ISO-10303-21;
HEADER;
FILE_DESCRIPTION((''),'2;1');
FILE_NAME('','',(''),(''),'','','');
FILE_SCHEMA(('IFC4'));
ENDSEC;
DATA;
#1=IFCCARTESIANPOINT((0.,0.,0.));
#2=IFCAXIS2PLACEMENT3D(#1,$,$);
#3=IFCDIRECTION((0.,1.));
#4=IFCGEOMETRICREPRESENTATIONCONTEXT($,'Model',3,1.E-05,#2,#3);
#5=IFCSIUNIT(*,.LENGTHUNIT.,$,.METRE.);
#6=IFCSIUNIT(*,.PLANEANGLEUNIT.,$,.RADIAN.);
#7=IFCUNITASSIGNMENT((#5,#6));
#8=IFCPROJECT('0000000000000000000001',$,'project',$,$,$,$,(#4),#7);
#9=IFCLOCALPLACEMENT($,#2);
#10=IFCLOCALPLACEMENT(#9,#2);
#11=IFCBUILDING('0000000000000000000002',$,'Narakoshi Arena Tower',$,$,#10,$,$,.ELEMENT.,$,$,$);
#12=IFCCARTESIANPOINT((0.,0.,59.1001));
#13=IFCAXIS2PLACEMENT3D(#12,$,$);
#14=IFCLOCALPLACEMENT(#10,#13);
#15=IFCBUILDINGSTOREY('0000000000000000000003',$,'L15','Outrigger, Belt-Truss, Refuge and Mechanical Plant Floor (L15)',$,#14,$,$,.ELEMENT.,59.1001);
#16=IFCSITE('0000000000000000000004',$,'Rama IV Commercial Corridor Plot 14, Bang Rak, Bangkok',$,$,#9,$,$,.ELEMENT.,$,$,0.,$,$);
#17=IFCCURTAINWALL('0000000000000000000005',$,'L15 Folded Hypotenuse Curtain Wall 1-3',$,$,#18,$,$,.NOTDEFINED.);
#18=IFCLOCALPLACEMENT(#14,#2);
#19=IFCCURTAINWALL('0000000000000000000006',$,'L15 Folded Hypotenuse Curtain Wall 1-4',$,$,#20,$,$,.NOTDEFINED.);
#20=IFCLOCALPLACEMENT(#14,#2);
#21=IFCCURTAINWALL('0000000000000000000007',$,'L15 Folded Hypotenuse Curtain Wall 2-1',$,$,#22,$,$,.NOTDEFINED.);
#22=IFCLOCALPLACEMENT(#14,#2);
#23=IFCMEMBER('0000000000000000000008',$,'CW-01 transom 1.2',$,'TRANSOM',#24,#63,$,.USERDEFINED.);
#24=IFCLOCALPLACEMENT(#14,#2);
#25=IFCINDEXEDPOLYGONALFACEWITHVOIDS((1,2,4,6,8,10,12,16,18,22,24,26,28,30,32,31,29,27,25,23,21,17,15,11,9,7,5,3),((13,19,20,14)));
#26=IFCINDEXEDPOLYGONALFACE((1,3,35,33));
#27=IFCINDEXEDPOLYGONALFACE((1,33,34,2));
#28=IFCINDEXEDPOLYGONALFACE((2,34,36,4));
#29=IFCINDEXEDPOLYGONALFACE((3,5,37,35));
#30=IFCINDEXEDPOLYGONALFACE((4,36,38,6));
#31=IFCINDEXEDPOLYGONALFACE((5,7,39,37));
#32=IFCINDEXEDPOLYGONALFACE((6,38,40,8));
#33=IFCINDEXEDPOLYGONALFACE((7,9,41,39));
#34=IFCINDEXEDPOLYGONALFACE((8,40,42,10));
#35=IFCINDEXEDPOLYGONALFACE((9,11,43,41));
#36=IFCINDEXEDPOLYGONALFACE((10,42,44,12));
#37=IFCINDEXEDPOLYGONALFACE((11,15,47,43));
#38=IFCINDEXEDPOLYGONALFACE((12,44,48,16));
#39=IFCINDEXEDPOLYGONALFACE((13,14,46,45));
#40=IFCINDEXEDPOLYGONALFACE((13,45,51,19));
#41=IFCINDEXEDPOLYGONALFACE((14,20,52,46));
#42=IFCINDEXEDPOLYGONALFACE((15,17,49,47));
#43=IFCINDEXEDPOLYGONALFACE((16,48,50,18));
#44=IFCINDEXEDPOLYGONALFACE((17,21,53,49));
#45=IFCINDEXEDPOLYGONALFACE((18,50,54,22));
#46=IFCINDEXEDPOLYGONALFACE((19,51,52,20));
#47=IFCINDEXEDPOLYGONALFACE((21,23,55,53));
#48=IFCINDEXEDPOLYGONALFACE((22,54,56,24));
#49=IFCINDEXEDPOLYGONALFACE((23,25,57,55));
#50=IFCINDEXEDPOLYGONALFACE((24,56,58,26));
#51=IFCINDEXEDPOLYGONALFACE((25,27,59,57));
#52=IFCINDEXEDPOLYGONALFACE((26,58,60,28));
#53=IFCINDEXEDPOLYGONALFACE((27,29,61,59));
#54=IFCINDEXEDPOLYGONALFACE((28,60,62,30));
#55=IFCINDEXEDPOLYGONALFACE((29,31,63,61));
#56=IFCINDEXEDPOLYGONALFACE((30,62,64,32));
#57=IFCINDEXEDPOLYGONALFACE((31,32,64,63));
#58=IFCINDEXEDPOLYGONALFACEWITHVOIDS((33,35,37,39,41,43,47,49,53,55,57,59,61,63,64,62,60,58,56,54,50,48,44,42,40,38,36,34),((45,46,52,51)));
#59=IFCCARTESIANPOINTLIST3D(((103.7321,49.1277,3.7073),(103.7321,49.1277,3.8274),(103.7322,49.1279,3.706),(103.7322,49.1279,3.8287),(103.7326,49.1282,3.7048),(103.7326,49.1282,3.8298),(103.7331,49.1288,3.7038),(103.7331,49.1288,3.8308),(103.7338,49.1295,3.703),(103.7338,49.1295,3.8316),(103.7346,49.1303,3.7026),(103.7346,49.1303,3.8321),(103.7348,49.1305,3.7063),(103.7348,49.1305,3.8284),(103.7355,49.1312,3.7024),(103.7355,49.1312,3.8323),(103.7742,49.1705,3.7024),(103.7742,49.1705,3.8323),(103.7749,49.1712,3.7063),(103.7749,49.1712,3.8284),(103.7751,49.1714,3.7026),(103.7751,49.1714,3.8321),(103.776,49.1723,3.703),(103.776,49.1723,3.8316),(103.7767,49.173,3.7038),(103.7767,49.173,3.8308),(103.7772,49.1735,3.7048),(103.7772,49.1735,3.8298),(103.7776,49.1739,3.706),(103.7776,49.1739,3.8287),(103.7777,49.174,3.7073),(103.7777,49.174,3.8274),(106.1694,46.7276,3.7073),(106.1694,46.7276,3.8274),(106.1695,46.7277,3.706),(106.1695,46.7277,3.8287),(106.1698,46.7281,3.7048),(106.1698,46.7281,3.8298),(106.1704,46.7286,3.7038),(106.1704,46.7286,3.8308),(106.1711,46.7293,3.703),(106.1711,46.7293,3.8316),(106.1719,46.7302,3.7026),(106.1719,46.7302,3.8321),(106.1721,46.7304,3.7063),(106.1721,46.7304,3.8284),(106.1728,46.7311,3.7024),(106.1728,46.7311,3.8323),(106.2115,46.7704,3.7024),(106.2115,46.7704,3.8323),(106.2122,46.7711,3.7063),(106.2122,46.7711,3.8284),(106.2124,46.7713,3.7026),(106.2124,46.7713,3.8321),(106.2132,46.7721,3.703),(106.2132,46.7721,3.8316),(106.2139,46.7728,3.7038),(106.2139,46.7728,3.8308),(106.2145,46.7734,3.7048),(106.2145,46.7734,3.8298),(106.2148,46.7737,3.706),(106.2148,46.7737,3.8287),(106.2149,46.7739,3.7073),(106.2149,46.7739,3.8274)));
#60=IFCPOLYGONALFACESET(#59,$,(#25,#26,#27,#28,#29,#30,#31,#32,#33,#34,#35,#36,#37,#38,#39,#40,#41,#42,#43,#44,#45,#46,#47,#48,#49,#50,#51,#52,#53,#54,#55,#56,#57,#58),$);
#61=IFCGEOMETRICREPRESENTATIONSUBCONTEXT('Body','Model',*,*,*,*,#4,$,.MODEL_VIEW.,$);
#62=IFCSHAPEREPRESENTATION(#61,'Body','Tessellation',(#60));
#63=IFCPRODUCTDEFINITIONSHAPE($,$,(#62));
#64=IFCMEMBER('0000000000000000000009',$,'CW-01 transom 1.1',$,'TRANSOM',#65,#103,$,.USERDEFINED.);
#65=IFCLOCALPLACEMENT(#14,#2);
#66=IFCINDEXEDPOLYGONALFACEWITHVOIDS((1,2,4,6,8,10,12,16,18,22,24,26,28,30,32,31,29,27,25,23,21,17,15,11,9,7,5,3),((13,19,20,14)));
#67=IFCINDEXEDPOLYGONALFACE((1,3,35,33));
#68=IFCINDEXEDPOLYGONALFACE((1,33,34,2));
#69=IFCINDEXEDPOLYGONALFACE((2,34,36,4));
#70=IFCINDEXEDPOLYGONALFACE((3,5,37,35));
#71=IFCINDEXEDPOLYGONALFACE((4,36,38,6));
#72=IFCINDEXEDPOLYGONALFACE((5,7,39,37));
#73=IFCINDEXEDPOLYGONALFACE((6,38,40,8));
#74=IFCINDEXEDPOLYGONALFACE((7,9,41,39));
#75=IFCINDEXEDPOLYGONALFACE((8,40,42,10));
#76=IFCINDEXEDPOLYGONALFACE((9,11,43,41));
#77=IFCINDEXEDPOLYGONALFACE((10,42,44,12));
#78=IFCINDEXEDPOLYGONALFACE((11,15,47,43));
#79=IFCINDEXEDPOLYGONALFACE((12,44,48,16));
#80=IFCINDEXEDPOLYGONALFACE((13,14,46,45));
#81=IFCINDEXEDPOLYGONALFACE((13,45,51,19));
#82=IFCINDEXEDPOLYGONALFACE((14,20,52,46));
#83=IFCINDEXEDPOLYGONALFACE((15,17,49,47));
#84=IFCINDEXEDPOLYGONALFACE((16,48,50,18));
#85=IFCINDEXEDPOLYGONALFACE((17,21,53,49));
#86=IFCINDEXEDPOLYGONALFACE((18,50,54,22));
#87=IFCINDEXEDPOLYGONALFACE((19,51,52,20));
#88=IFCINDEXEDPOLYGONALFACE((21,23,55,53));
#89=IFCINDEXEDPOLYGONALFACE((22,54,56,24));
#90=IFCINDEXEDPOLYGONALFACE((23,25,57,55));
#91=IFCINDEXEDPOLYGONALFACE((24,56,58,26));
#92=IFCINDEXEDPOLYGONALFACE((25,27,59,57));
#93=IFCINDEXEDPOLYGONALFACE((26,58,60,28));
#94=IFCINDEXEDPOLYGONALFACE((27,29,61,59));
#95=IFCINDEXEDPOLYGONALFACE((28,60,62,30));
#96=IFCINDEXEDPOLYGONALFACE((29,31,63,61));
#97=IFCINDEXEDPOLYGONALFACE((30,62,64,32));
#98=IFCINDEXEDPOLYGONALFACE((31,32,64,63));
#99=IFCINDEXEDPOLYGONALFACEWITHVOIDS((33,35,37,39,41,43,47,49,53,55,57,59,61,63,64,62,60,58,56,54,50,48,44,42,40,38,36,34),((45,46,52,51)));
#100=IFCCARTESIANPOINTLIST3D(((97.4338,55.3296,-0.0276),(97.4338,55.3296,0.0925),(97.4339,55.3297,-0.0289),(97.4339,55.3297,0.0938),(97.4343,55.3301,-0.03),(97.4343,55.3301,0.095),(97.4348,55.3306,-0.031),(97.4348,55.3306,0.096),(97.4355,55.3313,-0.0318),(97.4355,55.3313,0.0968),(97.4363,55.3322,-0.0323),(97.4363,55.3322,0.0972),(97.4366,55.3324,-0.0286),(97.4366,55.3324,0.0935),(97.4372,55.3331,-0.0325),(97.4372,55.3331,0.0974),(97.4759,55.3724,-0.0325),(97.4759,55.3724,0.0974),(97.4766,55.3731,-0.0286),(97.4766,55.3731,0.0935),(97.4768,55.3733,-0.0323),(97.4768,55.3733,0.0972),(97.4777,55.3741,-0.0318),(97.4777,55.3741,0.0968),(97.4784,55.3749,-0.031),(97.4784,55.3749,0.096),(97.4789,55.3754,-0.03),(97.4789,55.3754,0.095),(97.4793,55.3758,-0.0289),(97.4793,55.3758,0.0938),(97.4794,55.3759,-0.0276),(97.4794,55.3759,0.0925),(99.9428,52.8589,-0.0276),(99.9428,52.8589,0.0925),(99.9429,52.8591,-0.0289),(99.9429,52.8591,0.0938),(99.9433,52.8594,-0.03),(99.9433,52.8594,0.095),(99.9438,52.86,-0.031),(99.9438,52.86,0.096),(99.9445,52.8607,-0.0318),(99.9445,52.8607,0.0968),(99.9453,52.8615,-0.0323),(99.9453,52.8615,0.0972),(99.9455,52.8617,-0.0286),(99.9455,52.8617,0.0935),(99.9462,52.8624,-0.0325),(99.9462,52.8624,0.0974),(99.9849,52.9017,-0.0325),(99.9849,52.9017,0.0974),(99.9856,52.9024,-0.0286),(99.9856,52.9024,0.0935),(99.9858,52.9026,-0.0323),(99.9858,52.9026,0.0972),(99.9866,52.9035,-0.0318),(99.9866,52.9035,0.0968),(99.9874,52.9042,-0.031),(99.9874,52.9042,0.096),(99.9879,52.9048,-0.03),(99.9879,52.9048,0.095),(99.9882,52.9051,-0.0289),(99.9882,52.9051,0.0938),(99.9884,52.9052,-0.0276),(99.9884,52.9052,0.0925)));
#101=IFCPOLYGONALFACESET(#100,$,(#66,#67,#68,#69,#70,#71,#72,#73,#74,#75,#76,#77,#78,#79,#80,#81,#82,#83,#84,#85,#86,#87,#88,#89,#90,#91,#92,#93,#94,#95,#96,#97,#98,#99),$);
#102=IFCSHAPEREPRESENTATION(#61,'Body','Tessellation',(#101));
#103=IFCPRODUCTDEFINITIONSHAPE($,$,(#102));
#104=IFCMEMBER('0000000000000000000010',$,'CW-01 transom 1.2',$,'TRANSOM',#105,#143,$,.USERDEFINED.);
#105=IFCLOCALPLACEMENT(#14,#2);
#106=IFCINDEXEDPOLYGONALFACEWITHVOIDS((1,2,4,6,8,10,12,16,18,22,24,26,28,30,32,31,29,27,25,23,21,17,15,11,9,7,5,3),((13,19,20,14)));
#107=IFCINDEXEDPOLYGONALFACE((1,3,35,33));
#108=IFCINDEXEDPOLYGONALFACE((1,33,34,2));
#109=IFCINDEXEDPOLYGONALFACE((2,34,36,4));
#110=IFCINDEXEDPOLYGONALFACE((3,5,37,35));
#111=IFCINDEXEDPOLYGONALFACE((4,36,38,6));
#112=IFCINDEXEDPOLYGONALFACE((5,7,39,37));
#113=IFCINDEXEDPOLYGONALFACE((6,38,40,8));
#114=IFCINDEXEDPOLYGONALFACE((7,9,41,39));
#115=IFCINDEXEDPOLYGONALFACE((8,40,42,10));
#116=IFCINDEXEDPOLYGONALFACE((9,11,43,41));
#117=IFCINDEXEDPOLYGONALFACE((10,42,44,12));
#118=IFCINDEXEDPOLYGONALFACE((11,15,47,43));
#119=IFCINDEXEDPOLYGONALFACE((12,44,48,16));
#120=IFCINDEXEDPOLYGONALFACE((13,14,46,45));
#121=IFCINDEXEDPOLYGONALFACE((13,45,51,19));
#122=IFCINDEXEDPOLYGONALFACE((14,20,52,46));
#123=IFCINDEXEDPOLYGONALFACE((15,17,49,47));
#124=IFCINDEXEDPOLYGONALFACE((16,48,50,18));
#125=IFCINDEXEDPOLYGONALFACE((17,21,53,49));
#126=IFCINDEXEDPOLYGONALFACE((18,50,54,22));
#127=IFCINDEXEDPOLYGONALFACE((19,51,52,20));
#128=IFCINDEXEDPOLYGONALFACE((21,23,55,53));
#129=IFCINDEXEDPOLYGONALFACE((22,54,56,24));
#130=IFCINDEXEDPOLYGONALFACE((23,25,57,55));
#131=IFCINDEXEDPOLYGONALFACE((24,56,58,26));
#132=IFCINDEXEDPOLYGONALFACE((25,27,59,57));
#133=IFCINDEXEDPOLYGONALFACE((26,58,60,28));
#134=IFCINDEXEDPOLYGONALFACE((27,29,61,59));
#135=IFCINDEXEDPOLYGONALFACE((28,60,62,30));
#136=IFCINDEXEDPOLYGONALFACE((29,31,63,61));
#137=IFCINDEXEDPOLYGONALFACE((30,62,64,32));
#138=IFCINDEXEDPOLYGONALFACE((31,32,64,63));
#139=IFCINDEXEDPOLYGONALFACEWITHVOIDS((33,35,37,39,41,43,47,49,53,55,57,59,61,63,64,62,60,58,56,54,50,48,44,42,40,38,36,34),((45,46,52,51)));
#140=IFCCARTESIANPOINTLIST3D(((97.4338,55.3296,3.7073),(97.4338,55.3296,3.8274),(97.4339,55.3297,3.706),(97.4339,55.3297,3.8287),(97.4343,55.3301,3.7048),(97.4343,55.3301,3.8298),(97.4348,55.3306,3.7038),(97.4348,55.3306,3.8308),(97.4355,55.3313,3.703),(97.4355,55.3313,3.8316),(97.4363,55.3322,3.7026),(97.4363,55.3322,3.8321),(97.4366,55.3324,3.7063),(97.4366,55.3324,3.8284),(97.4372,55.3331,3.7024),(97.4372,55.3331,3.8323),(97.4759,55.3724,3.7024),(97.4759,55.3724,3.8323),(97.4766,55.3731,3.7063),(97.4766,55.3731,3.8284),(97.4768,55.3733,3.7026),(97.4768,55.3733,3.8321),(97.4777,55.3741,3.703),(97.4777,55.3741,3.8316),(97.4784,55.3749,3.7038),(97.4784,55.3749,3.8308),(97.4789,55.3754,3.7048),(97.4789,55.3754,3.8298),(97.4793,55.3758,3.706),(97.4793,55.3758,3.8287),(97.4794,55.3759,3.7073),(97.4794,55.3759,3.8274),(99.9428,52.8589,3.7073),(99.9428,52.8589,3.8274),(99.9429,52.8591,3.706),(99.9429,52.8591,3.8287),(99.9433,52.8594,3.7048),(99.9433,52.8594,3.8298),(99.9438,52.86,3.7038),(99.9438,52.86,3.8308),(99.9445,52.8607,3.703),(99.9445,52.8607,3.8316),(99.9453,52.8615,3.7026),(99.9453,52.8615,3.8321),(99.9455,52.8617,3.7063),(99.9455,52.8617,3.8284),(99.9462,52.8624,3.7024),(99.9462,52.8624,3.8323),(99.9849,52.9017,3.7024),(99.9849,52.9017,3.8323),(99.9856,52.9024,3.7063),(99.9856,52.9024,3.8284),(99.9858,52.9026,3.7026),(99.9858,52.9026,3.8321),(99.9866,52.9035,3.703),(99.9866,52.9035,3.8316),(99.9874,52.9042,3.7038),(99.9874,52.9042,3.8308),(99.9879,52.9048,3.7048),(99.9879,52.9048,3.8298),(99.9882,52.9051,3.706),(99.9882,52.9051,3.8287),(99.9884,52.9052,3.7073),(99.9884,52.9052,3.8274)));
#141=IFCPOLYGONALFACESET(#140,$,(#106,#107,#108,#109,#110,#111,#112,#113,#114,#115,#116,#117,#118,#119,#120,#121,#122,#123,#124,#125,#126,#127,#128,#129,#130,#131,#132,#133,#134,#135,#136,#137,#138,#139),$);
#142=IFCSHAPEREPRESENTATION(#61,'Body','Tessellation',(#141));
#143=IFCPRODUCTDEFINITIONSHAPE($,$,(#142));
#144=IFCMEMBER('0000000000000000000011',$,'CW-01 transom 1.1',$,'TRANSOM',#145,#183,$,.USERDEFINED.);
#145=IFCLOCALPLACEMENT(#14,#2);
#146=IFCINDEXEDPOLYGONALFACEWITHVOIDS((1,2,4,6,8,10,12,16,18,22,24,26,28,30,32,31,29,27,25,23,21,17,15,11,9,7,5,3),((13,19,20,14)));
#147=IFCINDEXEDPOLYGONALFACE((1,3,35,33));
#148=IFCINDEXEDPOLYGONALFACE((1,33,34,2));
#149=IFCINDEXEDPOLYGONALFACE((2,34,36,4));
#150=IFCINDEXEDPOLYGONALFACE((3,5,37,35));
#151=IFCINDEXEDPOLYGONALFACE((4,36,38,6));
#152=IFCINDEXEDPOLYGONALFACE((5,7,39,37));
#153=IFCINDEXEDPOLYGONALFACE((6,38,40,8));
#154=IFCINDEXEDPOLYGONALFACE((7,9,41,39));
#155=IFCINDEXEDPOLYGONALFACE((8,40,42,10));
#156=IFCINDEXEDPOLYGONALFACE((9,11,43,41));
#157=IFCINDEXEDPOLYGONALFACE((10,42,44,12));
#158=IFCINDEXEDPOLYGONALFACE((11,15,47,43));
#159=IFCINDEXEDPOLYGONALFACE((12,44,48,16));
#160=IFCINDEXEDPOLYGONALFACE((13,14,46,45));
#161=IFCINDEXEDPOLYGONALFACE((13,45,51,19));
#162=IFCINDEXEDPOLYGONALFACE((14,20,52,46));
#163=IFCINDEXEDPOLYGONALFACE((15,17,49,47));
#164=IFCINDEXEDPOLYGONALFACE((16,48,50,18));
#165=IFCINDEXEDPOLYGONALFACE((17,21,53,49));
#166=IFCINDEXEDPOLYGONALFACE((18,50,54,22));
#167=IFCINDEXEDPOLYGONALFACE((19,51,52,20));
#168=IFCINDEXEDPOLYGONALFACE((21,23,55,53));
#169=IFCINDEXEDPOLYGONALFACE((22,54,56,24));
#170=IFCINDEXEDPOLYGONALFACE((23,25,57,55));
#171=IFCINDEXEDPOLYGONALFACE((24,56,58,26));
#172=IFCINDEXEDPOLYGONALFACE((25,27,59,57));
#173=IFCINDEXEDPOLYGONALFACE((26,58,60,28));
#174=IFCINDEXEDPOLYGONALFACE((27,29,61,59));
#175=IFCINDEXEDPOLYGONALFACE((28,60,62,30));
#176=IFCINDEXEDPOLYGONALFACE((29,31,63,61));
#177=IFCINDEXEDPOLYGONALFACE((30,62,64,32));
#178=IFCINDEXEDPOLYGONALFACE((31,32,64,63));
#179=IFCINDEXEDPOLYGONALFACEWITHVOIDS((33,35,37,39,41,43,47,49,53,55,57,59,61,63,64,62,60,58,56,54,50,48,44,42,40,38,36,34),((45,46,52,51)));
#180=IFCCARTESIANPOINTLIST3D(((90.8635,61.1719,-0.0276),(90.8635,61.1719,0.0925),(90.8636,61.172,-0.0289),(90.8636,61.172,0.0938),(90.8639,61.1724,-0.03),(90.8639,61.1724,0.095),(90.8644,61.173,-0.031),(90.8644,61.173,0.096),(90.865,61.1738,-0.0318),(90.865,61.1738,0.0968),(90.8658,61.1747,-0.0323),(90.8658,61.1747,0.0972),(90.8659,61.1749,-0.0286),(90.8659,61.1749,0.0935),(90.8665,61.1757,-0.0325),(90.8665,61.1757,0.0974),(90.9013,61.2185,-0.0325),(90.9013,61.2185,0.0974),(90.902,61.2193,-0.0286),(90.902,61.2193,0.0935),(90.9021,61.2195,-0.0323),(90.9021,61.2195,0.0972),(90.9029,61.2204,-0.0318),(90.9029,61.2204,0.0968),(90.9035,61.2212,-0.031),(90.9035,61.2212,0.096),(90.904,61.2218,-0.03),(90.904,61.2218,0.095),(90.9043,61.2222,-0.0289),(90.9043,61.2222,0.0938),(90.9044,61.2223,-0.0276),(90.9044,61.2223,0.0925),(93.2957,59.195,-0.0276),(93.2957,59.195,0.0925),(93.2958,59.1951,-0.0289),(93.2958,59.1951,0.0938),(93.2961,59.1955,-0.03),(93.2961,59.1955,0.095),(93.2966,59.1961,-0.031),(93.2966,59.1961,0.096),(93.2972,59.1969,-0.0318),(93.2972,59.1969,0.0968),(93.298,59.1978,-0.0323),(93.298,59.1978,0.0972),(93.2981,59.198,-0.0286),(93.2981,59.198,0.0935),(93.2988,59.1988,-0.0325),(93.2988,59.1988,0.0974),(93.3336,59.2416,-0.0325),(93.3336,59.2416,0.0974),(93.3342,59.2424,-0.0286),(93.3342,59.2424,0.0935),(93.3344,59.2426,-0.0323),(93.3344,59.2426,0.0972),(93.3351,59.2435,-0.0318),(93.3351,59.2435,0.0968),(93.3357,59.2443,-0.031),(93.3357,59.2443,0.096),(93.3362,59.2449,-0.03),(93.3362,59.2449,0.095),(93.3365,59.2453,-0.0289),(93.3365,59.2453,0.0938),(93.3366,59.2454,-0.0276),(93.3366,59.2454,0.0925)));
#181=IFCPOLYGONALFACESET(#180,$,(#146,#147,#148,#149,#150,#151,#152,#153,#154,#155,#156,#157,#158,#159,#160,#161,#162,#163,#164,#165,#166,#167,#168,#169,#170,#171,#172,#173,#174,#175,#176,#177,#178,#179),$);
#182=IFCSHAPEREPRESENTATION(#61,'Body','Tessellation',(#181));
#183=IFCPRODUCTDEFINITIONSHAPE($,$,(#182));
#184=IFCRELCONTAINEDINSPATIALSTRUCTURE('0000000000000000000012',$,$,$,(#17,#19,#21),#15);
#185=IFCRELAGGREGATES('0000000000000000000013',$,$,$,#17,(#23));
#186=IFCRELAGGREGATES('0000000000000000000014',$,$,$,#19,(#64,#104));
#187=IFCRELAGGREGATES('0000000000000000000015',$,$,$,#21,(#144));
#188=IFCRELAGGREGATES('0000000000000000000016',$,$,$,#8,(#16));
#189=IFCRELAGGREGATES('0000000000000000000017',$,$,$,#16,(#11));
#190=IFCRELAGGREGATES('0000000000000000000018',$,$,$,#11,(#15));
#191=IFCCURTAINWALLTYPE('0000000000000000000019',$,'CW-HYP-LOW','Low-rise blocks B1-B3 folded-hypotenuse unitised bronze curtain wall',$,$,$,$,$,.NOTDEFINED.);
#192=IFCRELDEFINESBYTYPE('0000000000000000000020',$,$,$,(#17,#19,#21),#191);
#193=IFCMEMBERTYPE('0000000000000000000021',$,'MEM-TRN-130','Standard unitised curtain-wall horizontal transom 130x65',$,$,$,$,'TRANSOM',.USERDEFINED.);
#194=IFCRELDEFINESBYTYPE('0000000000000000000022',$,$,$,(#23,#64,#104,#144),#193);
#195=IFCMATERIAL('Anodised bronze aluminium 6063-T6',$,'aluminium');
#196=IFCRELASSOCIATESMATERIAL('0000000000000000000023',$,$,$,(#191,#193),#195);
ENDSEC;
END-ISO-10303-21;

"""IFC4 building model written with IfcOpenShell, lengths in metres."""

from ifc_helpers import new_model, si_unit, direction, frame, origin, origin_2d, place, context, subcontext, project, spatial, hollow_rectangle, extrude, material, material_profile, profile_set, type_object, element, aggregate, save


model = new_model("IFC4")

# Units and contexts
model_context = context("Model", 3, precision=1e-05, world=origin(), true_north=direction((0.0, 1.0)))
body_context = subcontext(model_context, "Body", "Model", "MODEL_VIEW")
ifc_project = project(units=[si_unit("LENGTHUNIT", "METRE"), si_unit("PLANEANGLEUNIT", "RADIAN")], contexts=[model_context])

# Site, building, storey
site_placement = place(None, origin())
site = spatial("IfcSite", under=ifc_project, at=site_placement, Name="Rama IV Commercial Corridor Plot 14, Bang Rak, Bangkok", CompositionType="ELEMENT", RefElevation=0.0)
building_placement = place(site_placement, origin())
building = spatial("IfcBuilding", under=site, at=building_placement, Name="Narakoshi Arena Tower", CompositionType="ELEMENT")
storey_placement = place(building_placement, frame((0.0, 0.0, 59.1001)))
storey = spatial("IfcBuildingStorey", under=building, at=storey_placement, Name="L15", Description="Outrigger, Belt-Truss, Refuge and Mechanical Plant Floor (L15)", CompositionType="ELEMENT", Elevation=59.1001)

# Shared definitions
ifc_material_1 = material(Name="Anodised bronze aluminium 6063-T6", Category="aluminium")
curtain_wall_type = type_object("IfcCurtainWallType", Name="CW-HYP-LOW", Description="Low-rise blocks B1-B3 folded-hypotenuse unitised bronze curtain wall", PredefinedType="NOTDEFINED", material=ifc_material_1)

# Curtain walls
curtain_wall_1_placement = place(storey_placement, origin())
curtain_wall_1 = element("IfcCurtainWall", 1, at=curtain_wall_1_placement, inside=storey, type_object=curtain_wall_type, Name="L15 Folded Hypotenuse Curtain Wall 1-3", PredefinedType="NOTDEFINED")
curtain_wall_2_placement = place(storey_placement, origin())
curtain_wall_2 = element("IfcCurtainWall", 2, at=curtain_wall_2_placement, inside=storey, type_object=curtain_wall_type, Name="L15 Folded Hypotenuse Curtain Wall 1-4", PredefinedType="NOTDEFINED")
curtain_wall_3_placement = place(storey_placement, origin())
curtain_wall_3 = element("IfcCurtainWall", 3, at=curtain_wall_3_placement, inside=storey, type_object=curtain_wall_type, Name="L15 Folded Hypotenuse Curtain Wall 2-1", PredefinedType="NOTDEFINED")

# Members
ifc_material_profile_1 = material_profile(ifc_material_1, hollow_rectangle(XDim=0.0649, YDim=0.1299, WallThickness=0.0039, OuterFilletRadius=0.0049, at=origin_2d()), Name="TRN130x65x4")
ifc_profile_set_1 = profile_set([ifc_material_profile_1], Name="Anodised bronze aluminium 6063-T6")
member_type_1 = type_object("IfcMemberType", Name="MEM-TRN-130", Description="Standard unitised curtain-wall horizontal transom 130x65", ElementType="TRANSOM", PredefinedType="USERDEFINED", material=ifc_profile_set_1)
member_1_placement = place(storey_placement, frame((106.1921, 46.7507, 3.7673), z_axis=(-0.71251, 0.701662, 0.0), x_axis=(-0.701662, -0.71251, 0.0)))
member_1 = element("IfcMember", 4, at=member_1_placement, type_object=member_type_1, Name="CW-01 transom 1.2", ObjectType="TRANSOM", PredefinedType="USERDEFINED", context=body_context, shape_type="SweptSolid", body=[
    extrude(hollow_rectangle(XDim=0.0649, YDim=0.1299, WallThickness=0.0039, OuterFilletRadius=0.0049, at=origin_2d()), origin(), (0.0, 0.0, 1.0), 3.4207),
])
member_2_placement = place(storey_placement, frame((99.9656, 52.8821, 0.0325), z_axis=(-0.712528, 0.701643, 0.0), x_axis=(-0.701643, -0.712528, 0.0)))
member_2 = element("IfcMember", 5, at=member_2_placement, type_object=member_type_1, Name="CW-01 transom 1.1", ObjectType="TRANSOM", PredefinedType="USERDEFINED", context=body_context, shape_type="SweptSolid", body=[
    extrude(hollow_rectangle(XDim=0.0649, YDim=0.1299, WallThickness=0.0039, OuterFilletRadius=0.0049, at=origin_2d()), origin(), (0.0, 0.0, 1.0), 3.5212),
])
member_3_placement = place(storey_placement, frame((99.9656, 52.8821, 3.7673), z_axis=(-0.712528, 0.701643, 0.0), x_axis=(-0.701643, -0.712528, 0.0)))
member_3 = element("IfcMember", 6, at=member_3_placement, type_object=member_type_1, Name="CW-01 transom 1.2", ObjectType="TRANSOM", PredefinedType="USERDEFINED", context=body_context, shape_type="SweptSolid", body=[
    extrude(hollow_rectangle(XDim=0.0649, YDim=0.1299, WallThickness=0.0039, OuterFilletRadius=0.0049, at=origin_2d()), origin(), (0.0, 0.0, 1.0), 3.5212),
])
member_4_placement = place(storey_placement, frame((93.3162, 59.2202, 0.0325), z_axis=(-0.776004, 0.630728, 0.0), x_axis=(-0.630728, -0.776004, 0.0)))
member_4 = element("IfcMember", 7, at=member_4_placement, type_object=member_type_1, Name="CW-01 transom 1.1", ObjectType="TRANSOM", PredefinedType="USERDEFINED", context=body_context, shape_type="SweptSolid", body=[
    extrude(hollow_rectangle(XDim=0.0649, YDim=0.1299, WallThickness=0.0039, OuterFilletRadius=0.0049, at=origin_2d()), origin(), (0.0, 0.0, 1.0), 3.1343),
])

aggregate(curtain_wall_1, [member_1])
aggregate(curtain_wall_2, [member_2, member_3])
aggregate(curtain_wall_3, [member_4])

save(model, "model.ifc")
